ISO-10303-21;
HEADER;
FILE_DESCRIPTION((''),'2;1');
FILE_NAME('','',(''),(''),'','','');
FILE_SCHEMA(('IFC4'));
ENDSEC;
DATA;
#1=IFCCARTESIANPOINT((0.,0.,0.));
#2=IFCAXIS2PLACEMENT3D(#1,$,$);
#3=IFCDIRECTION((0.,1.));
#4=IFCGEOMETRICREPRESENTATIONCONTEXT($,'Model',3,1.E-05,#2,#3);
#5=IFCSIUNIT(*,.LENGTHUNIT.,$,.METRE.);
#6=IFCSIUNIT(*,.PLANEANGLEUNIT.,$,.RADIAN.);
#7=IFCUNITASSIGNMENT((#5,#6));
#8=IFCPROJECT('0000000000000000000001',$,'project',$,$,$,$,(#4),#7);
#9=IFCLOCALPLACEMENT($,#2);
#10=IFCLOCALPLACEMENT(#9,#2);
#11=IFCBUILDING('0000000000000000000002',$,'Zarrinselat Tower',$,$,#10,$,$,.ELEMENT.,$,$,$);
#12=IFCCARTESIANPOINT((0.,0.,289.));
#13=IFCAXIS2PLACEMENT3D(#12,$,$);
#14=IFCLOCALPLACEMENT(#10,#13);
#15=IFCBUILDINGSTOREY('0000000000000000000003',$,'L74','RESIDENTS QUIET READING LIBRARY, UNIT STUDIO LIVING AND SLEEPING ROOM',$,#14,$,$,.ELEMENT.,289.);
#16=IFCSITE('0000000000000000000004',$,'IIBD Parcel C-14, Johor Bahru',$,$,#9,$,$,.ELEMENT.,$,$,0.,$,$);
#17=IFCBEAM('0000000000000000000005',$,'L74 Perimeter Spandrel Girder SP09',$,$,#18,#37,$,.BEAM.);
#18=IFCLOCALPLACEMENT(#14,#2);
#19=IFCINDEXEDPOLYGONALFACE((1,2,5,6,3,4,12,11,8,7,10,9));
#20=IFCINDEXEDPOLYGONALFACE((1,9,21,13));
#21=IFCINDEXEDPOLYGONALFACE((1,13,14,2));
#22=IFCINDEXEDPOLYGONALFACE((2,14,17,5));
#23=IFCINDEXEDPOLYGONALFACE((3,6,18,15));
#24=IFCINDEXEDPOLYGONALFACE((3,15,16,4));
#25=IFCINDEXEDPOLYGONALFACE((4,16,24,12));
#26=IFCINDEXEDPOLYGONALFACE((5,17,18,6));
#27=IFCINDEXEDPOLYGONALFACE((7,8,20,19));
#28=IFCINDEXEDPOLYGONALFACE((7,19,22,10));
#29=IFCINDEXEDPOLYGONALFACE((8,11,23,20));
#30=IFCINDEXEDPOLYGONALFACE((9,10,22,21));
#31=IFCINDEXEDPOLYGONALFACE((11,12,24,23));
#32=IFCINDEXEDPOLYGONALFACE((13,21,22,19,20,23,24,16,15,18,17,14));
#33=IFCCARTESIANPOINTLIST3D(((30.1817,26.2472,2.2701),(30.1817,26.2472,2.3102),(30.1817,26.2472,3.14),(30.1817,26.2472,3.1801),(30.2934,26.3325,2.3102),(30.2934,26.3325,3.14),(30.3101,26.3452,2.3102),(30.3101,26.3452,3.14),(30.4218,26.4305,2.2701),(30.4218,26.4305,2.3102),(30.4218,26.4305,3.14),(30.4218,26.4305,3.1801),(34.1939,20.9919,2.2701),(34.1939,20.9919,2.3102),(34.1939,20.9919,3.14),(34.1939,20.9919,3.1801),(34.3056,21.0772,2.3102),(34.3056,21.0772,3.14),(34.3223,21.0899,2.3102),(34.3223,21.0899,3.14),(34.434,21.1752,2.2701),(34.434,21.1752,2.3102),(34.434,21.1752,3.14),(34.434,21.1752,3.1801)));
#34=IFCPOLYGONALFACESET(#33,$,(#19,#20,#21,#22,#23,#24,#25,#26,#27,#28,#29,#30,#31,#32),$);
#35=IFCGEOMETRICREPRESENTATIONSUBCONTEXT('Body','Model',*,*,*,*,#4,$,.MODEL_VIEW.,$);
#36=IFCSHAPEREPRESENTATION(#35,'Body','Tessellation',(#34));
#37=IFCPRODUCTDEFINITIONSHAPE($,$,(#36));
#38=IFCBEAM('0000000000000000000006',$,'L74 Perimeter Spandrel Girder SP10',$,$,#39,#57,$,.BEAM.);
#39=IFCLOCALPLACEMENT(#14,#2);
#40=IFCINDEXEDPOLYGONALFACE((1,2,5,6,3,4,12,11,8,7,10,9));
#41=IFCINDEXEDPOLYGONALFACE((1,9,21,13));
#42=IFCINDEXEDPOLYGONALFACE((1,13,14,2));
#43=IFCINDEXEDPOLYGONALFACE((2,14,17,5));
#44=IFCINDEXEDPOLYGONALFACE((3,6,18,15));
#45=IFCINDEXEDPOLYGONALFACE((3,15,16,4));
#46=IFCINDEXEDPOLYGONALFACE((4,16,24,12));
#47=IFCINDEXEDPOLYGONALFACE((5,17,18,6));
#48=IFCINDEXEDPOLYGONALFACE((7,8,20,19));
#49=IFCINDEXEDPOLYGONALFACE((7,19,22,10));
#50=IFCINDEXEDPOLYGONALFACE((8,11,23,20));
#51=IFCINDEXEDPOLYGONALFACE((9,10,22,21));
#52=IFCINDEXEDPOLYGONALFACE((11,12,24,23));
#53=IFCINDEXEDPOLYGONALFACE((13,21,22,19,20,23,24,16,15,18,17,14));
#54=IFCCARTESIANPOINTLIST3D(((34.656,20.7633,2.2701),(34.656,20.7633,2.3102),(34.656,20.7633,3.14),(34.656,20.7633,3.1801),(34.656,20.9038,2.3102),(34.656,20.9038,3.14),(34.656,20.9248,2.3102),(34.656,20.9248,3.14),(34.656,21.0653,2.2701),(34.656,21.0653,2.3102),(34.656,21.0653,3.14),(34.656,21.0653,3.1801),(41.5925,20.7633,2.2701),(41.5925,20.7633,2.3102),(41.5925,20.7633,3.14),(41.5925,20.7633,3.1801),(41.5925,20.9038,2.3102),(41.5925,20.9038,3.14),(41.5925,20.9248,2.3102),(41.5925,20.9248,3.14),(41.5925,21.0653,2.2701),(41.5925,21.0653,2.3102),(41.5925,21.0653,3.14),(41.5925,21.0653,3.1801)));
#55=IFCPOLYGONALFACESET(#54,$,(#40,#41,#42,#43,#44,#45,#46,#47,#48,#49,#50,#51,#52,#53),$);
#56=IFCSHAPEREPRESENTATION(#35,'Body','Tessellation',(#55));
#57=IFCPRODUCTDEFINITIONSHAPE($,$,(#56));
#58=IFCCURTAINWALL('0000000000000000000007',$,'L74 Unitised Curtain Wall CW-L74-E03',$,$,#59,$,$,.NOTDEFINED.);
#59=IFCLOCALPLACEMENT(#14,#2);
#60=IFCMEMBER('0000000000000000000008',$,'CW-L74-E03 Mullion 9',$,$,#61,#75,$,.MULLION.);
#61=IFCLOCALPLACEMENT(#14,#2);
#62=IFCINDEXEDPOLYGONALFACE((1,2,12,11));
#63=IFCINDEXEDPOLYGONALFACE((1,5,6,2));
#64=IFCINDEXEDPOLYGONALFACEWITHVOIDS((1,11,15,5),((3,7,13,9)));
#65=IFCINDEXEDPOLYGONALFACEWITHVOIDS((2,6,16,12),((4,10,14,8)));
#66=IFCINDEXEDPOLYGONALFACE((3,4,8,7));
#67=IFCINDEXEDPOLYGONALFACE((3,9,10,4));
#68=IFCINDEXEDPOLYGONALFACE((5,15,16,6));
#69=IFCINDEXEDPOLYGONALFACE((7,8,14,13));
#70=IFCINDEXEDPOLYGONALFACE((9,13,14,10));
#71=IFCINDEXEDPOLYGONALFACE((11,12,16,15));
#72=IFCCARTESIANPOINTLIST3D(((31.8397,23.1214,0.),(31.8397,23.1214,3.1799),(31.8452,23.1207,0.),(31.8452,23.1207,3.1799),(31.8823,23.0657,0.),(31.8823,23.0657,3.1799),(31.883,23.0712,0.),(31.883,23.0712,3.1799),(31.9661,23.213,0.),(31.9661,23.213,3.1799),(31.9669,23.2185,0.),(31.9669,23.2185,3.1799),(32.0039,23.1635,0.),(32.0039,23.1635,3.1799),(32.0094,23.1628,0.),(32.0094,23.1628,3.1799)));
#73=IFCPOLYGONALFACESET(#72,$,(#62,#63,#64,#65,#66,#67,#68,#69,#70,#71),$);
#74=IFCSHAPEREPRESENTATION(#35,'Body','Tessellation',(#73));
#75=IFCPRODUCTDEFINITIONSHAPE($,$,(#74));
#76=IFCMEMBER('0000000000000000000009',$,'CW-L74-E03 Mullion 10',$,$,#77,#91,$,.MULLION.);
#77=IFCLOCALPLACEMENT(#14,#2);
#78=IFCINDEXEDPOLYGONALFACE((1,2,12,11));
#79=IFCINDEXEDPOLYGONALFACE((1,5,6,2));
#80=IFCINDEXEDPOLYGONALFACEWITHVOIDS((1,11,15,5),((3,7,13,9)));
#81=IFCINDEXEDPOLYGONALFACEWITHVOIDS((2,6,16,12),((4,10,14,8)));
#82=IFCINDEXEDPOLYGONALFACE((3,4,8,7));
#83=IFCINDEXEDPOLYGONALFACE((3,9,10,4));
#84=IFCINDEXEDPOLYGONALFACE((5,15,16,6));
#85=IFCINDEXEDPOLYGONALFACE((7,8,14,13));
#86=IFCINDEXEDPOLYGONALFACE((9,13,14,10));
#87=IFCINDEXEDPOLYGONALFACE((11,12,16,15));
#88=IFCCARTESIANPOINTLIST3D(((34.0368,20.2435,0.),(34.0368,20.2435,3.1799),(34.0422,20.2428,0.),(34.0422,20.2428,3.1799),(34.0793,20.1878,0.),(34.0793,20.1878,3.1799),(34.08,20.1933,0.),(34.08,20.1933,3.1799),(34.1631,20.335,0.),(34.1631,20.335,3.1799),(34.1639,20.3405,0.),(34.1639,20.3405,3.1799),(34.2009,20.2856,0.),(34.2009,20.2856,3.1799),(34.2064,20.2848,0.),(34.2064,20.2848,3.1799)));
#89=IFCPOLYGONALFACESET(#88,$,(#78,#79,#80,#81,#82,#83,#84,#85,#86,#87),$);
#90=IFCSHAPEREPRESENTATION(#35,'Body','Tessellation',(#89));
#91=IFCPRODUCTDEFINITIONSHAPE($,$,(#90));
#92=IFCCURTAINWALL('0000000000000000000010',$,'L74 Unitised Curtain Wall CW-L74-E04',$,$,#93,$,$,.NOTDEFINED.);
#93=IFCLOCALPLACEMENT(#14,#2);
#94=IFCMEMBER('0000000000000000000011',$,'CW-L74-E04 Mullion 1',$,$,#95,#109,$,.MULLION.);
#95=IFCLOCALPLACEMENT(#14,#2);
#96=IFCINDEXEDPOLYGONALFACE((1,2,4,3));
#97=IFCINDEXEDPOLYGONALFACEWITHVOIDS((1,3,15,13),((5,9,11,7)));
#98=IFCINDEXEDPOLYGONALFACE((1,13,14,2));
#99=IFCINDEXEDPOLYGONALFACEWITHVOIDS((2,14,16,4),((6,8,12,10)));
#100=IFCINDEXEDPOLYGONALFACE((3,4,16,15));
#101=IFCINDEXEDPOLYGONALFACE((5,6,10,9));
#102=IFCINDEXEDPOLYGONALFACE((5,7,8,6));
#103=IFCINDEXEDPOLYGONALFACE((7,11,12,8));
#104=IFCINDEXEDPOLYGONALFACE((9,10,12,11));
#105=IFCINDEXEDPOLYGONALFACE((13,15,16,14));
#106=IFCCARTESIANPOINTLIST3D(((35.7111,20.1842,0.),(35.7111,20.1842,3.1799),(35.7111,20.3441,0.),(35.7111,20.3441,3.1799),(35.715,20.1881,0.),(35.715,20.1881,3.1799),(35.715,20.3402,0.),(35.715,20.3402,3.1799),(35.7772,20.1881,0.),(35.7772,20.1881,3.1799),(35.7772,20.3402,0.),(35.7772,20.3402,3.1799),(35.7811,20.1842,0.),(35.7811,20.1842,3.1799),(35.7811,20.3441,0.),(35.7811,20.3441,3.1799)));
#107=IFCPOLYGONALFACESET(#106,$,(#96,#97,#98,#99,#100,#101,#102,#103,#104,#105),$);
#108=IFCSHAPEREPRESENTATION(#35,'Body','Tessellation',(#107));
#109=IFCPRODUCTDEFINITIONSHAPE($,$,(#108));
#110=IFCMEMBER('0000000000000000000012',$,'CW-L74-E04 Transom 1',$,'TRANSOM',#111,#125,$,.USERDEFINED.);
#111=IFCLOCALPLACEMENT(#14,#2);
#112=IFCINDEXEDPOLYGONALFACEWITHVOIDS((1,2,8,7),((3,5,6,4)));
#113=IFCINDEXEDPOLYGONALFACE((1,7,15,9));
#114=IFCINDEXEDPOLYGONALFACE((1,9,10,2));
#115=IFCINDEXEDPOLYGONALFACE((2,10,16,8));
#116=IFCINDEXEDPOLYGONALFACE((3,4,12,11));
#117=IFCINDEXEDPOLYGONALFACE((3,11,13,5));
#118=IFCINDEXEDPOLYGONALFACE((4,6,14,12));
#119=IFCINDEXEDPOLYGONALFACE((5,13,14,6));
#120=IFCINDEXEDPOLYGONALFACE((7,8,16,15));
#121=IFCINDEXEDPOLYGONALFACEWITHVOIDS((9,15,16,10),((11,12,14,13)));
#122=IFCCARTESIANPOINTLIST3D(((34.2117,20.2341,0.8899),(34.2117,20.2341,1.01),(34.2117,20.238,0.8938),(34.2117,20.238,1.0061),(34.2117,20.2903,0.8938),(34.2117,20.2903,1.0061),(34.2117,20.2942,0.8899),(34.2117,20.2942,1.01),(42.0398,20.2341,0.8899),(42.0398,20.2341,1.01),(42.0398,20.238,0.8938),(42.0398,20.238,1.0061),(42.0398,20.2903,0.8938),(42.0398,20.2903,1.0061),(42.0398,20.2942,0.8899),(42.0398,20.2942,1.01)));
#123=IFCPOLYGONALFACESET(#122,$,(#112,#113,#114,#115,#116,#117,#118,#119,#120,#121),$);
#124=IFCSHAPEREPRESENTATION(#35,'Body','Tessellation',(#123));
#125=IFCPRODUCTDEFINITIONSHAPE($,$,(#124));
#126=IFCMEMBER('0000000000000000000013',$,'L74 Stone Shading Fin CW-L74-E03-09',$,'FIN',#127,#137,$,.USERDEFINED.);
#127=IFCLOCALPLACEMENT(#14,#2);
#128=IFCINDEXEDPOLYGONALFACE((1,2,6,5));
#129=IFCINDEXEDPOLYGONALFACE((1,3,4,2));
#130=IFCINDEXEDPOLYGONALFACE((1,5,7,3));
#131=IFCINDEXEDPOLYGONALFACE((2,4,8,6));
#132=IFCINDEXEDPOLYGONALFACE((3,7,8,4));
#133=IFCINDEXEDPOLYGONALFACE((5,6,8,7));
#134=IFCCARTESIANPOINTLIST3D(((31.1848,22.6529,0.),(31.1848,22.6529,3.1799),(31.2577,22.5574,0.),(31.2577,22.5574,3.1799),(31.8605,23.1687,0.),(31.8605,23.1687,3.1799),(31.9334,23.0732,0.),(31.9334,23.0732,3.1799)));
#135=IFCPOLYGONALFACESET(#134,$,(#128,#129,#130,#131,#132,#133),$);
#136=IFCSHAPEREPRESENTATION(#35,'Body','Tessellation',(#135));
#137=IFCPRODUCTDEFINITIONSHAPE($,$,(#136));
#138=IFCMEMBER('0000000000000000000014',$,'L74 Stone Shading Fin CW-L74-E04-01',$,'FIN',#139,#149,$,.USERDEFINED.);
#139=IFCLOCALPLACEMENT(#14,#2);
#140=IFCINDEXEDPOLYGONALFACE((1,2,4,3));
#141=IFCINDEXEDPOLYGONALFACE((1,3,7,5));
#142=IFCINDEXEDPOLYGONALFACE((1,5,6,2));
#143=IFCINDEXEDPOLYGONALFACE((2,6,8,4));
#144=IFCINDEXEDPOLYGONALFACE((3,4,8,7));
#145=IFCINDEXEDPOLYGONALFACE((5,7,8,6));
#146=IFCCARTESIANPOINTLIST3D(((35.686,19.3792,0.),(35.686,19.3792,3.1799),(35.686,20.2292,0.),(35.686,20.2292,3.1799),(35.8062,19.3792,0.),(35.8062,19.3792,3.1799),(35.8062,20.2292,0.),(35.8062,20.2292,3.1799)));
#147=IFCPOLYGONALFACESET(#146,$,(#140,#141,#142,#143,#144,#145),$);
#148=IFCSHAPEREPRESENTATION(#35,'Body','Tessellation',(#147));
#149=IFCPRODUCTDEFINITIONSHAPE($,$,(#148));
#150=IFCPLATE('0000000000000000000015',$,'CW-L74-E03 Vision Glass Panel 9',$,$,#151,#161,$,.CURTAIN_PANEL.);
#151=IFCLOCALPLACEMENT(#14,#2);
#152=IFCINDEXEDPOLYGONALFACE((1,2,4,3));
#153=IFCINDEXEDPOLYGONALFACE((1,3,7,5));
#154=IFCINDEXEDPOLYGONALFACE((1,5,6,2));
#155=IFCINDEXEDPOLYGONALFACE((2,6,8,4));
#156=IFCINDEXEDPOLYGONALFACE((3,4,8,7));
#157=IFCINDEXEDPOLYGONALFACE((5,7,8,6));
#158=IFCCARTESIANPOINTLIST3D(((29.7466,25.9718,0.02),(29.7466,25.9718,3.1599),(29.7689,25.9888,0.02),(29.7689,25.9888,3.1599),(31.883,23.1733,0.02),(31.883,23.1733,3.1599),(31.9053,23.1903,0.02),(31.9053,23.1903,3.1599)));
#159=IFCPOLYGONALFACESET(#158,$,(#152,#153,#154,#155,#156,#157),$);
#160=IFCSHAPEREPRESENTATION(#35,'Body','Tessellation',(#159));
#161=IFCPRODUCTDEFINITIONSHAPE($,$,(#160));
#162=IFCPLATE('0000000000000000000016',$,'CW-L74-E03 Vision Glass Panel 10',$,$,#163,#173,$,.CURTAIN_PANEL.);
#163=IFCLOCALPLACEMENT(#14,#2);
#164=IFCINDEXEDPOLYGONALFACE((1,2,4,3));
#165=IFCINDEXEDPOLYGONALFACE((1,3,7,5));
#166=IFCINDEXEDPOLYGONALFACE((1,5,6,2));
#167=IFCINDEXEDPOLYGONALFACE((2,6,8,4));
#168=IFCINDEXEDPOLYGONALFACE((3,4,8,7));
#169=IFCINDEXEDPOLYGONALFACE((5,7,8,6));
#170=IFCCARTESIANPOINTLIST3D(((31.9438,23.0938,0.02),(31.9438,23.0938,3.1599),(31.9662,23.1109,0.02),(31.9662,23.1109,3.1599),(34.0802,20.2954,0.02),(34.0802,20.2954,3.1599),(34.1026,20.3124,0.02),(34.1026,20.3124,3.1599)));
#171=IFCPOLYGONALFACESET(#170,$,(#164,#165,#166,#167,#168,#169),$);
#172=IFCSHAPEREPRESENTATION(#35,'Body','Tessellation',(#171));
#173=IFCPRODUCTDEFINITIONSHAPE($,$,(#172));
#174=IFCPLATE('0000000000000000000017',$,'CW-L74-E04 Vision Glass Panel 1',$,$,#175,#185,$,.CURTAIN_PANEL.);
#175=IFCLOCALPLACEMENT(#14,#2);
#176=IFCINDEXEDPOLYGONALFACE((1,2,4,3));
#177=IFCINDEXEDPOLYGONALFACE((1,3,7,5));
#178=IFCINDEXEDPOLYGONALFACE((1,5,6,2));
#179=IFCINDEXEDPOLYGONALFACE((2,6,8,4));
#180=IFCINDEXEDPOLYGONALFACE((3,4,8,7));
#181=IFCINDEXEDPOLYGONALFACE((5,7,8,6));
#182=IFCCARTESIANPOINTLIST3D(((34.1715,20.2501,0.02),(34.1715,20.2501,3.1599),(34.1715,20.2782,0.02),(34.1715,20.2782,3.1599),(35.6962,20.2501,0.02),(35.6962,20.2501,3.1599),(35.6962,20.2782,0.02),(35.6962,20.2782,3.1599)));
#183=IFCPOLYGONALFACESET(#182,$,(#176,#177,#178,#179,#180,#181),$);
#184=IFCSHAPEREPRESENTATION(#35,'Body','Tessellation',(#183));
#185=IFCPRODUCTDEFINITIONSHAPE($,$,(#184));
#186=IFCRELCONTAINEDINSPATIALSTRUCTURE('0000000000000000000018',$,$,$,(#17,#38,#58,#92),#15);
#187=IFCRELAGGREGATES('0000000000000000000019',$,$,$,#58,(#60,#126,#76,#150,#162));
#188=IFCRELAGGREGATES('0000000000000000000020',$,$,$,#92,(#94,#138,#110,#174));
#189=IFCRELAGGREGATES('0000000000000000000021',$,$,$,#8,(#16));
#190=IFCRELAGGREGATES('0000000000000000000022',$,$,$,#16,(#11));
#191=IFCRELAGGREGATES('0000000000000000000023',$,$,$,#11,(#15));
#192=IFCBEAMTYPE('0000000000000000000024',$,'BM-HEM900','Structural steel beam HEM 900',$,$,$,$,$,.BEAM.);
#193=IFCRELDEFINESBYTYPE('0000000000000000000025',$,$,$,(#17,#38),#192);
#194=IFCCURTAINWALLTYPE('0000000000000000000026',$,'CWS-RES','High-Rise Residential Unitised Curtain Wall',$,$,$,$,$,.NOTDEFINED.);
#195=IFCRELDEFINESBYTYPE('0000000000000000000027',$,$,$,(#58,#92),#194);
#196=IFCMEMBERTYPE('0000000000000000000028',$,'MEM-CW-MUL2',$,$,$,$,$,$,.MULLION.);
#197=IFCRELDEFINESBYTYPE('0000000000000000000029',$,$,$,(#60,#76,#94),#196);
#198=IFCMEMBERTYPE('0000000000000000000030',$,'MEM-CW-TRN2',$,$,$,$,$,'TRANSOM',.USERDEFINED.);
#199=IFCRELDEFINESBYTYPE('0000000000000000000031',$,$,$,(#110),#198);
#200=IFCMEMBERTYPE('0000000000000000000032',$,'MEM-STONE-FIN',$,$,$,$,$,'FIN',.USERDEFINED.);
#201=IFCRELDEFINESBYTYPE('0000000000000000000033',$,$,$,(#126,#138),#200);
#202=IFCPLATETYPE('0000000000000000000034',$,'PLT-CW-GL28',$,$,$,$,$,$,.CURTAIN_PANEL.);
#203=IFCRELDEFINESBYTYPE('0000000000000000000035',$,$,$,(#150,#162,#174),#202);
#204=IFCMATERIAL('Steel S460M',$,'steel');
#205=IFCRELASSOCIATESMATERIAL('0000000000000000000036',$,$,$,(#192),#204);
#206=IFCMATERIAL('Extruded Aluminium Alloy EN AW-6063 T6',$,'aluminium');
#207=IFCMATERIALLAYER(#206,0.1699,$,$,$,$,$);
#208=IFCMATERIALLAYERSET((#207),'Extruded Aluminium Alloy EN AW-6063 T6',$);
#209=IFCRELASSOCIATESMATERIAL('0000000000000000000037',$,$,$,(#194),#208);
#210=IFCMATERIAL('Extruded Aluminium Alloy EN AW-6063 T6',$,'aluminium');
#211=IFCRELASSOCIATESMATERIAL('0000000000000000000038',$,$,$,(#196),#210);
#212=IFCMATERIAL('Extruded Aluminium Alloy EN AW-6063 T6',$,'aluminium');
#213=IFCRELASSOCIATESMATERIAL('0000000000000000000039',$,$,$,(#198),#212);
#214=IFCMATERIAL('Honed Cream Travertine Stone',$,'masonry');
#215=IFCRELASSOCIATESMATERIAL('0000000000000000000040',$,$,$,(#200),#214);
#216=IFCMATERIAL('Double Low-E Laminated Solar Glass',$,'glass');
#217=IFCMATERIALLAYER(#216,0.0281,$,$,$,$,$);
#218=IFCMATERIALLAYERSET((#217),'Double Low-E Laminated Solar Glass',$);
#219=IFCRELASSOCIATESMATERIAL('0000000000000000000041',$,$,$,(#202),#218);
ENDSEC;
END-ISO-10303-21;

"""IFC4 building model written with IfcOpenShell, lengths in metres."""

from ifc_helpers import new_model, si_unit, direction, frame, origin, origin_2d, place, context, subcontext, project, spatial, rectangle, hollow_rectangle, i_section, extrude, material, layer, layer_set, material_profile, profile_set, type_object, element, aggregate, save


model = new_model("IFC4")

# Units and contexts
model_context = context("Model", 3, precision=1e-05, world=origin(), true_north=direction((0.0, 1.0)))
body_context = subcontext(model_context, "Body", "Model", "MODEL_VIEW")
ifc_project = project(units=[si_unit("LENGTHUNIT", "METRE"), si_unit("PLANEANGLEUNIT", "RADIAN")], contexts=[model_context])

# Site, building, storey
site_placement = place(None, origin())
site = spatial("IfcSite", under=ifc_project, at=site_placement, Name="IIBD Parcel C-14, Johor Bahru", CompositionType="ELEMENT", RefElevation=0.0)
building_placement = place(site_placement, origin())
building = spatial("IfcBuilding", under=site, at=building_placement, Name="Zarrinselat Tower", CompositionType="ELEMENT")
storey_placement = place(building_placement, frame((0.0, 0.0, 289.0)))
storey = spatial("IfcBuildingStorey", under=building, at=storey_placement, Name="L74", Description="RESIDENTS QUIET READING LIBRARY, UNIT STUDIO LIVING AND SLEEPING ROOM", CompositionType="ELEMENT", Elevation=289.0)

# Beams
ifc_material_1 = material(Name="Steel S460M", Category="steel")
ifc_material_profile_1 = material_profile(ifc_material_1, i_section(OverallWidth=0.302, OverallDepth=0.9099, WebThickness=0.021, FlangeThickness=0.04, at=origin_2d()), Name="HEM 900")
ifc_profile_set_1 = profile_set([ifc_material_profile_1], Name="Steel S460M")
beam_type_1 = type_object("IfcBeamType", Name="BM-HEM900", Description="Structural steel beam HEM 900", PredefinedType="BEAM", material=ifc_profile_set_1)
beam_1_placement = place(storey_placement, frame((30.3018, 26.3389, 2.7251), z_axis=(0.606819, -0.79484, 0.0), x_axis=(0.79484, 0.606819, 0.0)))
element("IfcBeam", 1, at=beam_1_placement, inside=storey, type_object=beam_type_1, Name="L74 Perimeter Spandrel Girder SP09", PredefinedType="BEAM", context=body_context, shape_type="SweptSolid", body=[
    extrude(i_section(OverallWidth=0.302, OverallDepth=0.9099, WebThickness=0.021, FlangeThickness=0.04, at=origin_2d()), origin(), (0.0, 0.0, 1.0), 6.6118),
])
beam_2_placement = place(storey_placement, frame((34.656, 20.9143, 2.7251), z_axis=(1.0, 0.0, 0.0), x_axis=(0.0, 1.0, 0.0)))
element("IfcBeam", 2, at=beam_2_placement, inside=storey, type_object=beam_type_1, Name="L74 Perimeter Spandrel Girder SP10", PredefinedType="BEAM", context=body_context, shape_type="SweptSolid", body=[
    extrude(i_section(OverallWidth=0.302, OverallDepth=0.9099, WebThickness=0.021, FlangeThickness=0.04, at=origin_2d()), origin(), (0.0, 0.0, 1.0), 6.9365),
])

# Curtain walls, members
ifc_material_2 = material(Name="Extruded Aluminium Alloy EN AW-6063 T6", Category="aluminium")
ifc_layer_1 = layer(ifc_material_2, 0.1699)
ifc_layer_set_1 = layer_set([ifc_layer_1], Name="Extruded Aluminium Alloy EN AW-6063 T6")
curtain_wall_type = type_object("IfcCurtainWallType", Name="CWS-RES", Description="High-Rise Residential Unitised Curtain Wall", PredefinedType="NOTDEFINED", material=ifc_layer_set_1)
curtain_wall_1_placement = place(storey_placement, origin())
curtain_wall_1 = element("IfcCurtainWall", 3, at=curtain_wall_1_placement, inside=storey, type_object=curtain_wall_type, Name="L74 Unitised Curtain Wall CW-L74-E03", PredefinedType="NOTDEFINED")
ifc_material_3 = material(Name="Extruded Aluminium Alloy EN AW-6063 T6", Category="aluminium")
ifc_material_profile_2 = material_profile(ifc_material_3, hollow_rectangle(XDim=0.0701, YDim=0.1599, WallThickness=0.0039, at=origin_2d()), Name="RHS 160x70x4")
ifc_profile_set_2 = profile_set([ifc_material_profile_2], Name="Extruded Aluminium Alloy EN AW-6063 T6")
member_type_1 = type_object("IfcMemberType", Name="MEM-CW-MUL2", PredefinedType="MULLION", material=ifc_profile_set_2)
member_1_placement = place(storey_placement, frame((31.9246, 23.1421, 0.0), z_axis=(0.0, 0.0, 1.0), x_axis=(0.606802, -0.794853, 0.0)))
member_1 = element("IfcMember", 4, at=member_1_placement, type_object=member_type_1, Name="CW-L74-E03 Mullion 9", PredefinedType="MULLION", context=body_context, shape_type="SweptSolid", body=[
    extrude(hollow_rectangle(XDim=0.0701, YDim=0.1599, WallThickness=0.0039, at=origin_2d()), origin(), (0.0, 0.0, 1.0), 3.1799),
])
member_2_placement = place(storey_placement, frame((34.1216, 20.2642, 0.0), z_axis=(0.0, 0.0, 1.0), x_axis=(0.606802, -0.794853, 0.0)))
member_2 = element("IfcMember", 5, at=member_2_placement, type_object=member_type_1, Name="CW-L74-E03 Mullion 10", PredefinedType="MULLION", context=body_context, shape_type="SweptSolid", body=[
    extrude(hollow_rectangle(XDim=0.0701, YDim=0.1599, WallThickness=0.0039, at=origin_2d()), origin(), (0.0, 0.0, 1.0), 3.1799),
])
curtain_wall_2_placement = place(storey_placement, origin())
curtain_wall_2 = element("IfcCurtainWall", 6, at=curtain_wall_2_placement, inside=storey, type_object=curtain_wall_type, Name="L74 Unitised Curtain Wall CW-L74-E04", PredefinedType="NOTDEFINED")
member_3_placement = place(storey_placement, frame((35.7461, 20.2642, 0.0), z_axis=(0.0, 0.0, 1.0), x_axis=(1.0, 0.0, 0.0)))
member_3 = element("IfcMember", 7, at=member_3_placement, type_object=member_type_1, Name="CW-L74-E04 Mullion 1", PredefinedType="MULLION", context=body_context, shape_type="SweptSolid", body=[
    extrude(hollow_rectangle(XDim=0.0701, YDim=0.1599, WallThickness=0.0039, at=origin_2d()), origin(), (0.0, 0.0, 1.0), 3.1799),
])
ifc_material_4 = material(Name="Extruded Aluminium Alloy EN AW-6063 T6", Category="aluminium")
ifc_material_profile_3 = material_profile(ifc_material_4, hollow_rectangle(XDim=0.0601, YDim=0.1201, WallThickness=0.0039, at=origin_2d()), Name="RHS 120x60x4")
ifc_profile_set_3 = profile_set([ifc_material_profile_3], Name="Extruded Aluminium Alloy EN AW-6063 T6")
member_type_2 = type_object("IfcMemberType", Name="MEM-CW-TRN2", ElementType="TRANSOM", PredefinedType="USERDEFINED", material=ifc_profile_set_3)
member_4_placement = place(storey_placement, frame((34.2117, 20.2642, 0.95), z_axis=(1.0, 0.0, 0.0), x_axis=(0.0, 1.0, 0.0)))
member_4 = element("IfcMember", 8, at=member_4_placement, type_object=member_type_2, Name="CW-L74-E04 Transom 1", ObjectType="TRANSOM", PredefinedType="USERDEFINED", context=body_context, shape_type="SweptSolid", body=[
    extrude(hollow_rectangle(XDim=0.0601, YDim=0.1201, WallThickness=0.0039, at=origin_2d()), origin(), (0.0, 0.0, 1.0), 7.8281),
])

# Members
ifc_material_5 = material(Name="Honed Cream Travertine Stone", Category="masonry")
ifc_material_profile_4 = material_profile(ifc_material_5, rectangle(XDim=0.1201, YDim=0.8501, at=origin_2d()), Name="FIN 850x120")
ifc_profile_set_4 = profile_set([ifc_material_profile_4], Name="Honed Cream Travertine Stone")
member_type_3 = type_object("IfcMemberType", Name="MEM-STONE-FIN", ElementType="FIN", PredefinedType="USERDEFINED", material=ifc_profile_set_4)
member_5_placement = place(storey_placement, frame((31.5591, 22.863, 0.0), z_axis=(0.0, 0.0, 1.0), x_axis=(-0.606802, 0.794853, 0.0)))
member_5 = element("IfcMember", 9, at=member_5_placement, type_object=member_type_3, Name="L74 Stone Shading Fin CW-L74-E03-09", ObjectType="FIN", PredefinedType="USERDEFINED", context=body_context, shape_type="SweptSolid", body=[
    extrude(rectangle(XDim=0.1201, YDim=0.8501, at=origin_2d()), origin(), (0.0, 0.0, 1.0), 3.1799),
])
member_6_placement = place(storey_placement, frame((35.7461, 19.8042, 0.0), z_axis=(0.0, 0.0, 1.0), x_axis=(-1.0, 0.0, 0.0)))
member_6 = element("IfcMember", 10, at=member_6_placement, type_object=member_type_3, Name="L74 Stone Shading Fin CW-L74-E04-01", ObjectType="FIN", PredefinedType="USERDEFINED", context=body_context, shape_type="SweptSolid", body=[
    extrude(rectangle(XDim=0.1201, YDim=0.8501, at=origin_2d()), origin(), (0.0, 0.0, 1.0), 3.1799),
])

# Plates
ifc_material_6 = material(Name="Double Low-E Laminated Solar Glass", Category="glass")
ifc_layer_2 = layer(ifc_material_6, 0.0281)
ifc_layer_set_2 = layer_set([ifc_layer_2], Name="Double Low-E Laminated Solar Glass")
plate_type = type_object("IfcPlateType", Name="PLT-CW-GL28", PredefinedType="CURTAIN_PANEL", material=ifc_layer_set_2)
plate_1_placement = place(storey_placement, frame((30.8259, 24.5811, 0.02), z_axis=(0.0, 0.0, 1.0), x_axis=(0.606802, -0.794853, 0.0)))
plate_1 = element("IfcPlate", 11, at=plate_1_placement, type_object=plate_type, Name="CW-L74-E03 Vision Glass Panel 9", PredefinedType="CURTAIN_PANEL", context=body_context, shape_type="SweptSolid", body=[
    extrude(rectangle(XDim=3.5208, YDim=0.0281, at=origin_2d()), origin(), (0.0, 0.0, 1.0), 3.1399),
])
plate_2_placement = place(storey_placement, frame((33.0232, 21.7031, 0.02), z_axis=(0.0, 0.0, 1.0), x_axis=(0.606802, -0.794853, 0.0)))
plate_2 = element("IfcPlate", 12, at=plate_2_placement, type_object=plate_type, Name="CW-L74-E03 Vision Glass Panel 10", PredefinedType="CURTAIN_PANEL", context=body_context, shape_type="SweptSolid", body=[
    extrude(rectangle(XDim=3.5208, YDim=0.0281, at=origin_2d()), origin(), (0.0, 0.0, 1.0), 3.1399),
])
aggregate(curtain_wall_1, [member_1, member_5, member_2, plate_1, plate_2])
plate_3_placement = place(storey_placement, frame((34.9338, 20.2642, 0.02), z_axis=(0.0, 0.0, 1.0), x_axis=(1.0, 0.0, 0.0)))
plate_3 = element("IfcPlate", 13, at=plate_3_placement, type_object=plate_type, Name="CW-L74-E04 Vision Glass Panel 1", PredefinedType="CURTAIN_PANEL", context=body_context, shape_type="SweptSolid", body=[
    extrude(rectangle(XDim=1.5247, YDim=0.0281, at=origin_2d()), origin(), (0.0, 0.0, 1.0), 3.1399),
])
aggregate(curtain_wall_2, [member_3, member_6, member_4, plate_3])

save(model, "model.ifc")
